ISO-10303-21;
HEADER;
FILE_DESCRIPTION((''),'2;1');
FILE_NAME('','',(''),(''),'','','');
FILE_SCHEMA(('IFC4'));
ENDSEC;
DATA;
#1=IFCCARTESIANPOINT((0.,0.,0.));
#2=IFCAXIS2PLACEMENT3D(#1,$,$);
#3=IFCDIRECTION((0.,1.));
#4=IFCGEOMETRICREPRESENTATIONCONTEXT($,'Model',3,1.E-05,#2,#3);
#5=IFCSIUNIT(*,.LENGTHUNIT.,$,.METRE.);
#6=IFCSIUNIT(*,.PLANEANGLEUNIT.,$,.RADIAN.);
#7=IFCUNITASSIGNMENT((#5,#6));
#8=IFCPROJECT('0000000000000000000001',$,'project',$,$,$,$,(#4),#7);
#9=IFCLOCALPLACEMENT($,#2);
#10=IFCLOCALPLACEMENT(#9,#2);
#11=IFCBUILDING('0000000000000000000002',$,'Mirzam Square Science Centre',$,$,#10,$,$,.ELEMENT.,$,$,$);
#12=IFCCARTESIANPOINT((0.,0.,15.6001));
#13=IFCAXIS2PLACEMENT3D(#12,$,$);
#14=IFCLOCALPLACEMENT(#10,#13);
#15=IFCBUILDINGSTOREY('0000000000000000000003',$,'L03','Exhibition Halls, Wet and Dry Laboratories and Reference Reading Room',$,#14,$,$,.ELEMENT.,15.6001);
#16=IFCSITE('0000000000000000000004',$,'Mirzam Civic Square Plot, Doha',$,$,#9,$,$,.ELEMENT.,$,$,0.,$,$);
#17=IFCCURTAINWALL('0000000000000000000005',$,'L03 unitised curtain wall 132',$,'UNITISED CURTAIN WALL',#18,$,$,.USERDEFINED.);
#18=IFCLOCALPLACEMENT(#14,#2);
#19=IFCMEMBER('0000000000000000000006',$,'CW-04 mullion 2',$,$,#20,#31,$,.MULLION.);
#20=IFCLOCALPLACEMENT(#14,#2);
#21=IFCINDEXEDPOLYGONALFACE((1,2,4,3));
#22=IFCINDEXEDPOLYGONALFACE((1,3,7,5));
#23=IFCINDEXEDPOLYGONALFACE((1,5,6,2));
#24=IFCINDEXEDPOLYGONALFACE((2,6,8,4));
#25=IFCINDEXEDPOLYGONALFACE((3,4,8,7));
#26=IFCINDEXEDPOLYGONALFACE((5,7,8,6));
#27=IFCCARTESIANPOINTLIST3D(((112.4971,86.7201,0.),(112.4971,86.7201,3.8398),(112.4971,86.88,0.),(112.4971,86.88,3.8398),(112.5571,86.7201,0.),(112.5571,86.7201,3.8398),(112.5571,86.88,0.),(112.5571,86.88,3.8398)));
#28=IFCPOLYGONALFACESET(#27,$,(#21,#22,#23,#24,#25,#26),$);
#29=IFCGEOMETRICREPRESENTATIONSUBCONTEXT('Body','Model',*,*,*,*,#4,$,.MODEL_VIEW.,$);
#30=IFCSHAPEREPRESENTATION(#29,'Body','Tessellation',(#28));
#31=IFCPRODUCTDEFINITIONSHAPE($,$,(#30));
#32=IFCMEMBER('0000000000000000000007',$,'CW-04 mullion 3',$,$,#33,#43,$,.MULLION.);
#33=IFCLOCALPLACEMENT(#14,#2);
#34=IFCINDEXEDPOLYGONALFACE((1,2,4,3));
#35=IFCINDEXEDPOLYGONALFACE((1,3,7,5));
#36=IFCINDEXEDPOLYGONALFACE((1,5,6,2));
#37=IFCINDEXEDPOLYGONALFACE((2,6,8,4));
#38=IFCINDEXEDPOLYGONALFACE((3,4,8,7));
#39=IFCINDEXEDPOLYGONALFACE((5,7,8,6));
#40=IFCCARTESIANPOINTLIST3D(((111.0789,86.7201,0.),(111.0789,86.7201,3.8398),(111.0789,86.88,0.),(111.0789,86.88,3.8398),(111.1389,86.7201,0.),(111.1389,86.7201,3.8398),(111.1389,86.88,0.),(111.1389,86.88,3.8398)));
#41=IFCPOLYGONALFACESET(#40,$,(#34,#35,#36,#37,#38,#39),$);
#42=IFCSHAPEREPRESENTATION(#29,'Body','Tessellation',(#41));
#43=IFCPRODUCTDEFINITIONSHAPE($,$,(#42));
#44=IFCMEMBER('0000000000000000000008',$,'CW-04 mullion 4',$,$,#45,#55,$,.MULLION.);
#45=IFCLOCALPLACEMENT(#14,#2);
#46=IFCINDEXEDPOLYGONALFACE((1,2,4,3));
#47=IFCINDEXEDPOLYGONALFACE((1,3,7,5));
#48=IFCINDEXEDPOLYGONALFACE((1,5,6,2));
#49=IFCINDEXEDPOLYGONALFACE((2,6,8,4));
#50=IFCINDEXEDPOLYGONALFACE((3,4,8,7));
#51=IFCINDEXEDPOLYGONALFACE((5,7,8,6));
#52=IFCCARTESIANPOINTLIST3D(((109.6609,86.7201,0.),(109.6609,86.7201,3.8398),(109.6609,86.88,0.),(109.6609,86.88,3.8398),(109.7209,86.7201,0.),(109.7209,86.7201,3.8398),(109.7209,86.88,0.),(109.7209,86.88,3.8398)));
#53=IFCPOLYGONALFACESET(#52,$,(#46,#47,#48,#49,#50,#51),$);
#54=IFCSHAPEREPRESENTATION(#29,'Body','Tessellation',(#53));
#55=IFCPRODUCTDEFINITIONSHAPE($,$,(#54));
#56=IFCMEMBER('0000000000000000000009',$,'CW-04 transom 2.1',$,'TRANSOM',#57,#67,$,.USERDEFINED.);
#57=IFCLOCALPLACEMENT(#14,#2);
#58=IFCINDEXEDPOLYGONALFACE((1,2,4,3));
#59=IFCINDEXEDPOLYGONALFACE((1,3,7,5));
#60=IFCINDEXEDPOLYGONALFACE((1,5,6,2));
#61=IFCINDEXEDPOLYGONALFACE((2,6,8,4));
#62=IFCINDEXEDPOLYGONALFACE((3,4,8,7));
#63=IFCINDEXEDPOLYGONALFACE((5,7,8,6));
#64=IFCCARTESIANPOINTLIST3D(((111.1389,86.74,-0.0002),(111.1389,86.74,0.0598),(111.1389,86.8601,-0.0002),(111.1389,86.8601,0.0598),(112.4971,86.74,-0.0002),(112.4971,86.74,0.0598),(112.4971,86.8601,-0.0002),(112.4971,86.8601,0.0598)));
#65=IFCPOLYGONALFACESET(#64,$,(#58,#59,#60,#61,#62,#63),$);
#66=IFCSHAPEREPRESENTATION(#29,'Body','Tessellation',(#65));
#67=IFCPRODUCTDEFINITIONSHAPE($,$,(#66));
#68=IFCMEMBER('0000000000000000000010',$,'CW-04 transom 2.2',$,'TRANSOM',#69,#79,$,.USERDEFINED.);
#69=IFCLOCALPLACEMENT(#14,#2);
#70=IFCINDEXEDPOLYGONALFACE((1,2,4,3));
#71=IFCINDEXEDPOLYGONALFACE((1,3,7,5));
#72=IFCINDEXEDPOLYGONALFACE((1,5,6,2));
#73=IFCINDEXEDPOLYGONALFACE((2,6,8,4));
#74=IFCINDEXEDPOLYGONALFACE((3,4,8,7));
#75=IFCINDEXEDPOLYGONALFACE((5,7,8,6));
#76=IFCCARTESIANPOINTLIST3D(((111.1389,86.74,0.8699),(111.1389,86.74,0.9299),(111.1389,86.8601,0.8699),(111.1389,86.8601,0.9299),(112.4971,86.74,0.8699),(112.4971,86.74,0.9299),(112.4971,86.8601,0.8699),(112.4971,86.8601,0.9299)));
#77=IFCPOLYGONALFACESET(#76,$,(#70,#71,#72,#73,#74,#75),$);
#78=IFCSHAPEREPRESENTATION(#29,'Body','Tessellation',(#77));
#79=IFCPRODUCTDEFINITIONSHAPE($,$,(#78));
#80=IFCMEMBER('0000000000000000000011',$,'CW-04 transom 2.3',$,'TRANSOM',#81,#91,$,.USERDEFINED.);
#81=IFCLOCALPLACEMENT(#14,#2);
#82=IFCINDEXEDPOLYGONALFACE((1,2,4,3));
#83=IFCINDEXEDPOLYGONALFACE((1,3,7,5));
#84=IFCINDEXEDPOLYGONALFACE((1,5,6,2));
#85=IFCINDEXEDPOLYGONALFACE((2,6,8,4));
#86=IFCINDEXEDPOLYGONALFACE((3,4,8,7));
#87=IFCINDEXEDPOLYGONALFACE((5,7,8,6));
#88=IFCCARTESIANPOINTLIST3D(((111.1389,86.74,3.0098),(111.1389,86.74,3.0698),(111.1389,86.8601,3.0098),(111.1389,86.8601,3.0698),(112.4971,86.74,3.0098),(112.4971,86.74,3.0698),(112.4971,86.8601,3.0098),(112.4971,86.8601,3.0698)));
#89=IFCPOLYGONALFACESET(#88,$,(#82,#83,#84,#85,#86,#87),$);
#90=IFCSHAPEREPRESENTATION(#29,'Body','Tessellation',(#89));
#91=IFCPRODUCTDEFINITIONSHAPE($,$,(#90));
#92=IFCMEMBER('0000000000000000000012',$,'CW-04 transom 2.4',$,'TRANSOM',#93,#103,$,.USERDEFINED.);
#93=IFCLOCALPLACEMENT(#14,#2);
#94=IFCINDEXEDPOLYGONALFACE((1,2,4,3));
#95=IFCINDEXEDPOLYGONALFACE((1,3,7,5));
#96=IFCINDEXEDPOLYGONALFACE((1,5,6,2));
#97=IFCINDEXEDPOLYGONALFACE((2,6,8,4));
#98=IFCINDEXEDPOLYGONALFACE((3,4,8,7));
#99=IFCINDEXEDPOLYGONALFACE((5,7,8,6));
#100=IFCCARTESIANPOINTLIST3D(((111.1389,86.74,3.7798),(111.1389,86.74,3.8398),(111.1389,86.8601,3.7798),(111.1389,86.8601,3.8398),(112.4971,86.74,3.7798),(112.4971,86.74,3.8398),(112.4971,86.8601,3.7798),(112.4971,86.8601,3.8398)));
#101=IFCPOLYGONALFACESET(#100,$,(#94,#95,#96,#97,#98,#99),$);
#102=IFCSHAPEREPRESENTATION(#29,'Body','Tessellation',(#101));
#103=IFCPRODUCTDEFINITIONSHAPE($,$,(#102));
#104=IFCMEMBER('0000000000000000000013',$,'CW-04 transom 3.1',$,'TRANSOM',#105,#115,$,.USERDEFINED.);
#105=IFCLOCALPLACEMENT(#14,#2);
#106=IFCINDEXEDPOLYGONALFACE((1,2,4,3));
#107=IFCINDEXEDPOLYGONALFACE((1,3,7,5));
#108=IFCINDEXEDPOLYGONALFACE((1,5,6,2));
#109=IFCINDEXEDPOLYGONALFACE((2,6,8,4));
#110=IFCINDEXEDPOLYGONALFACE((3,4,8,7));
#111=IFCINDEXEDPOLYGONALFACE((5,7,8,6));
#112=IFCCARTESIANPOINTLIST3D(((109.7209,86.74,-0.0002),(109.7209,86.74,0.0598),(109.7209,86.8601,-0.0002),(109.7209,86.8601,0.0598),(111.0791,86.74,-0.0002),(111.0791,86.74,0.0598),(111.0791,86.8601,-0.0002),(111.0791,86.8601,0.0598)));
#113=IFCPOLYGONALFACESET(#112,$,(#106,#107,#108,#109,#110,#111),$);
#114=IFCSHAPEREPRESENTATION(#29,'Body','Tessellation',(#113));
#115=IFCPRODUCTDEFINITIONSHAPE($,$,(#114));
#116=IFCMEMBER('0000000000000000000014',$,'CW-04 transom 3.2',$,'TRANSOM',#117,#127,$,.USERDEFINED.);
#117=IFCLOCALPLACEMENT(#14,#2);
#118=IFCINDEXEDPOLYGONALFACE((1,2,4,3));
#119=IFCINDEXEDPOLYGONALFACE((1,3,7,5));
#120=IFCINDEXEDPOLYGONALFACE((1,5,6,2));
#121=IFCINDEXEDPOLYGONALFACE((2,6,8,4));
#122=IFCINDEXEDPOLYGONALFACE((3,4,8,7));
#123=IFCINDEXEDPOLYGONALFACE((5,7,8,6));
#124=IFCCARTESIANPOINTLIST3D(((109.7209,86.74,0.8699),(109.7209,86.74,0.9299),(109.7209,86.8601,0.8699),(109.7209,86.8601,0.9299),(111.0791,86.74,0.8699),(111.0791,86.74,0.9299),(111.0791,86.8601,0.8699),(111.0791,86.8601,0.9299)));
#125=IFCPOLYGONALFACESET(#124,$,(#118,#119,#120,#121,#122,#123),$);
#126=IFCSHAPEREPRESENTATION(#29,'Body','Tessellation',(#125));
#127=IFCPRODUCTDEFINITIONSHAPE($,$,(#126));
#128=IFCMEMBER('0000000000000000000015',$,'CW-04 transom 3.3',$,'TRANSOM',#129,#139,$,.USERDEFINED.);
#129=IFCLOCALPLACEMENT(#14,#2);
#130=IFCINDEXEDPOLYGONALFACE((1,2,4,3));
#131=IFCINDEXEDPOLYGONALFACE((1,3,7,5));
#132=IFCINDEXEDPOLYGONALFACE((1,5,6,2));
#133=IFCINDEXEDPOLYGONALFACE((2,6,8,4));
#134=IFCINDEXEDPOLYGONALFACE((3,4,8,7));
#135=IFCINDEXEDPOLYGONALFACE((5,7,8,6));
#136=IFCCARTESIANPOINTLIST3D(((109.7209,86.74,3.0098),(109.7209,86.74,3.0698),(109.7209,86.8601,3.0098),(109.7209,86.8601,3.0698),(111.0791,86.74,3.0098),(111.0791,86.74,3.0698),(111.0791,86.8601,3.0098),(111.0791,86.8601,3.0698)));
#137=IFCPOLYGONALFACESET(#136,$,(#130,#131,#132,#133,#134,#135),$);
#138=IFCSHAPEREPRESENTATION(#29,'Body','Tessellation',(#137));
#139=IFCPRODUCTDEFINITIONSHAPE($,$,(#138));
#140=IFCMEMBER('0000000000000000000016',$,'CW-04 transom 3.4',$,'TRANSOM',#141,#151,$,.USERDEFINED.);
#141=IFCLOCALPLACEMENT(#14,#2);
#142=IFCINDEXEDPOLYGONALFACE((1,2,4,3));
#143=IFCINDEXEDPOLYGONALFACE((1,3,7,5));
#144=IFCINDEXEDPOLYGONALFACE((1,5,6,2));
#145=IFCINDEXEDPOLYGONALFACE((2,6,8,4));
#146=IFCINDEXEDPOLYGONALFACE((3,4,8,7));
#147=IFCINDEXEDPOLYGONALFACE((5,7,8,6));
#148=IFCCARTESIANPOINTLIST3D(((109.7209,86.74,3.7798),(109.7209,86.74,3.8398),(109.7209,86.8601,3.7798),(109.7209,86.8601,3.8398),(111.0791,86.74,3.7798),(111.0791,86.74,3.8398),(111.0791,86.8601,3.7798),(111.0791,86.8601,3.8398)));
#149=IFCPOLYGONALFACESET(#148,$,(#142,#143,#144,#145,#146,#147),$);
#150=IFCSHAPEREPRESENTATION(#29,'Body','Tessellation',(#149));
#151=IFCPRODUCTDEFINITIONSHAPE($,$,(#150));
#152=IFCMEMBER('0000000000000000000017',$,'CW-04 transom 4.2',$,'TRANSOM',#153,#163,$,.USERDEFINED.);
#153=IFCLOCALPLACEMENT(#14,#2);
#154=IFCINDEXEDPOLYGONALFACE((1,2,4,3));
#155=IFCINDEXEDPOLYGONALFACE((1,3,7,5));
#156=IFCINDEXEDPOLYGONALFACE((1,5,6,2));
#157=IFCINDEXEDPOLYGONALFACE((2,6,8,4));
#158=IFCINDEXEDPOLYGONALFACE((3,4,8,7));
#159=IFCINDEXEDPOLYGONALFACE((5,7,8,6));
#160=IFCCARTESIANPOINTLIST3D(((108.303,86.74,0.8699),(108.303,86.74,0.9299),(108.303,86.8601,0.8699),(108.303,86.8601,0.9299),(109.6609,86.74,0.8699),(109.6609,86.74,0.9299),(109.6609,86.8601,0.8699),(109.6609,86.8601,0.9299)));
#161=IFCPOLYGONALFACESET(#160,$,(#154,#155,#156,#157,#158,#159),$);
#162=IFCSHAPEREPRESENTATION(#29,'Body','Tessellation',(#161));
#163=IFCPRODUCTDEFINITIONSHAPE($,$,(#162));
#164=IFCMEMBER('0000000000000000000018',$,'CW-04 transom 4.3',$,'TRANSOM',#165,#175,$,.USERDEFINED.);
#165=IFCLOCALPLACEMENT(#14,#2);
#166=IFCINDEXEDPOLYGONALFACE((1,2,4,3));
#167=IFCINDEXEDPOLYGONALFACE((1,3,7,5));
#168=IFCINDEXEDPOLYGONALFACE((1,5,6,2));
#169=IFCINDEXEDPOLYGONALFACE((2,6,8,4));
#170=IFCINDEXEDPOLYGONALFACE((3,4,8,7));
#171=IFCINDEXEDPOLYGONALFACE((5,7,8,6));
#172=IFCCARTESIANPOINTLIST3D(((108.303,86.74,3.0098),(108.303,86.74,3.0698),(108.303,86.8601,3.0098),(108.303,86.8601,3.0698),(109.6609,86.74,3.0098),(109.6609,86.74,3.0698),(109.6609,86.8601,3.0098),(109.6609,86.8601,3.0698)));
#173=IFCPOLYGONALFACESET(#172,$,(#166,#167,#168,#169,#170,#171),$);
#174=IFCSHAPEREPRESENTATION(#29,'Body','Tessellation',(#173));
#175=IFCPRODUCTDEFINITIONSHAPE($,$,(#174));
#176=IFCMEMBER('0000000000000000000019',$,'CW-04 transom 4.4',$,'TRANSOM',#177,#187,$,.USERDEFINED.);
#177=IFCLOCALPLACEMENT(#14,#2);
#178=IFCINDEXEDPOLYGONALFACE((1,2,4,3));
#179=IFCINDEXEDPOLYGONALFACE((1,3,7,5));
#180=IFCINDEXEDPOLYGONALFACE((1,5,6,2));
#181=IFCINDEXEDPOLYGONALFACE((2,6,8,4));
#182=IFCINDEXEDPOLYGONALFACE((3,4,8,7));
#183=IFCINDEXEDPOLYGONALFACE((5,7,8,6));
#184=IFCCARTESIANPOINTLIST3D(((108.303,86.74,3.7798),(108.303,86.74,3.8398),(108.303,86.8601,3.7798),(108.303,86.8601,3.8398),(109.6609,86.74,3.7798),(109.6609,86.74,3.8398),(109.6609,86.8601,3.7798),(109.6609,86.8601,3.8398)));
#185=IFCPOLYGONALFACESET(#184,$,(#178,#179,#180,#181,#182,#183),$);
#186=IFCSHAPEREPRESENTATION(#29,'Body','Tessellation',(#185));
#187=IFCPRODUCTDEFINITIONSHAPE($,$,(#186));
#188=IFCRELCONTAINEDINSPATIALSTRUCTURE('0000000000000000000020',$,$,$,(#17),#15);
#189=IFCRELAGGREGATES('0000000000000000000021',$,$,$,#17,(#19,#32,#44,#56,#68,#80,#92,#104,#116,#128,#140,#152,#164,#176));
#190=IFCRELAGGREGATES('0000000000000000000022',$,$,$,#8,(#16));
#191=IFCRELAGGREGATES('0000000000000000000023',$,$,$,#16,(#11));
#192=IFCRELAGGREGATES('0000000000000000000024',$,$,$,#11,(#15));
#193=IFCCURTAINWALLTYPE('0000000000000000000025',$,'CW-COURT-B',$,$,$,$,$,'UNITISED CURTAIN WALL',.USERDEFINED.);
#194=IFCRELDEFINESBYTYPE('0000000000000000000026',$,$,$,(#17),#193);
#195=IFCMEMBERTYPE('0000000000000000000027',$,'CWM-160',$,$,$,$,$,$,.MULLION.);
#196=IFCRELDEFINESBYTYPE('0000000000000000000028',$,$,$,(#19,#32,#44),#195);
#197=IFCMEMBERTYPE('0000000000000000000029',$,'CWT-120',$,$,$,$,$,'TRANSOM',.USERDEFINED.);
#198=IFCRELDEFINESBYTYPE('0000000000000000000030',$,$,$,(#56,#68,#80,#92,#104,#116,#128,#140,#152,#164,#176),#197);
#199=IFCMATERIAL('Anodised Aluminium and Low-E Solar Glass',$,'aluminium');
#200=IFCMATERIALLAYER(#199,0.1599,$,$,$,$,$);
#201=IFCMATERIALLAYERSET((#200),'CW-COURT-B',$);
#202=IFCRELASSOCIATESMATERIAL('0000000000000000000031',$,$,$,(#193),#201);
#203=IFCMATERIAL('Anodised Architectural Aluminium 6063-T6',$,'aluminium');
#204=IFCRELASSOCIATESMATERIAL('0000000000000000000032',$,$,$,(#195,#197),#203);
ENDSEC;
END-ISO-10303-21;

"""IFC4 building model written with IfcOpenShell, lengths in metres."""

from ifc_helpers import new_model, si_unit, direction, frame, origin, origin_2d, place, context, subcontext, project, spatial, rectangle, extrude, material, layer, layer_set, material_profile, profile_set, type_object, element, aggregate, save


model = new_model("IFC4")

# Units and contexts
model_context = context("Model", 3, precision=1e-05, world=origin(), true_north=direction((0.0, 1.0)))
body_context = subcontext(model_context, "Body", "Model", "MODEL_VIEW")
ifc_project = project(units=[si_unit("LENGTHUNIT", "METRE"), si_unit("PLANEANGLEUNIT", "RADIAN")], contexts=[model_context])

# Site, building, storey
site_placement = place(None, origin())
site = spatial("IfcSite", under=ifc_project, at=site_placement, Name="Mirzam Civic Square Plot, Doha", CompositionType="ELEMENT", RefElevation=0.0)
building_placement = place(site_placement, origin())
building = spatial("IfcBuilding", under=site, at=building_placement, Name="Mirzam Square Science Centre", CompositionType="ELEMENT")
storey_placement = place(building_placement, frame((0.0, 0.0, 15.6001)))
storey = spatial("IfcBuildingStorey", under=building, at=storey_placement, Name="L03", Description="Exhibition Halls, Wet and Dry Laboratories and Reference Reading Room", CompositionType="ELEMENT", Elevation=15.6001)

# Curtain wall, members
ifc_material_1 = material(Name="Anodised Aluminium and Low-E Solar Glass", Category="aluminium")
ifc_layer_1 = layer(ifc_material_1, 0.1599)
ifc_layer_set_1 = layer_set([ifc_layer_1], Name="CW-COURT-B")
curtain_wall_type = type_object("IfcCurtainWallType", Name="CW-COURT-B", ElementType="UNITISED CURTAIN WALL", PredefinedType="USERDEFINED", material=ifc_layer_set_1)
curtain_wall_placement = place(storey_placement, origin())
curtain_wall = element("IfcCurtainWall", 1, at=curtain_wall_placement, inside=storey, type_object=curtain_wall_type, Name="L03 unitised curtain wall 132", ObjectType="UNITISED CURTAIN WALL", PredefinedType="USERDEFINED")
ifc_material_2 = material(Name="Anodised Architectural Aluminium 6063-T6", Category="aluminium")
ifc_material_profile_1 = material_profile(ifc_material_2, rectangle(XDim=0.0601, YDim=0.1599, at=origin_2d()), Name="ALU-MULL-160x60x4")
ifc_profile_set_1 = profile_set([ifc_material_profile_1], Name="Anodised Architectural Aluminium 6063-T6")
member_type_1 = type_object("IfcMemberType", Name="CWM-160", PredefinedType="MULLION", material=ifc_profile_set_1)
member_1_placement = place(storey_placement, frame((112.5271, 86.8, 0.0), z_axis=(0.0, 0.0, 1.0), x_axis=(-1.0, 0.0, 0.0)))
member_1 = element("IfcMember", 2, at=member_1_placement, type_object=member_type_1, Name="CW-04 mullion 2", PredefinedType="MULLION", context=body_context, shape_type="SweptSolid", body=[
    extrude(rectangle(XDim=0.0601, YDim=0.1599, at=origin_2d()), origin(), (0.0, 0.0, 1.0), 3.8398),
])
member_2_placement = place(storey_placement, frame((111.1089, 86.8, 0.0), z_axis=(0.0, 0.0, 1.0), x_axis=(-1.0, 0.0, 0.0)))
member_2 = element("IfcMember", 3, at=member_2_placement, type_object=member_type_1, Name="CW-04 mullion 3", PredefinedType="MULLION", context=body_context, shape_type="SweptSolid", body=[
    extrude(rectangle(XDim=0.0601, YDim=0.1599, at=origin_2d()), origin(), (0.0, 0.0, 1.0), 3.8398),
])
member_3_placement = place(storey_placement, frame((109.6909, 86.8, 0.0), z_axis=(0.0, 0.0, 1.0), x_axis=(-1.0, 0.0, 0.0)))
member_3 = element("IfcMember", 4, at=member_3_placement, type_object=member_type_1, Name="CW-04 mullion 4", PredefinedType="MULLION", context=body_context, shape_type="SweptSolid", body=[
    extrude(rectangle(XDim=0.0601, YDim=0.1599, at=origin_2d()), origin(), (0.0, 0.0, 1.0), 3.8398),
])
ifc_material_profile_2 = material_profile(ifc_material_2, rectangle(XDim=0.1201, YDim=0.0601, at=origin_2d()), Name="ALU-TRAN-120x60x4")
ifc_profile_set_2 = profile_set([ifc_material_profile_2], Name="Anodised Architectural Aluminium 6063-T6")
member_type_2 = type_object("IfcMemberType", Name="CWT-120", ElementType="TRANSOM", PredefinedType="USERDEFINED", material=ifc_profile_set_2)
member_4_placement = place(storey_placement, frame((112.4971, 86.8, 0.0298), z_axis=(-1.0, 0.0, 0.0), x_axis=(0.0, -1.0, 0.0)))
member_4 = element("IfcMember", 5, at=member_4_placement, type_object=member_type_2, Name="CW-04 transom 2.1", ObjectType="TRANSOM", PredefinedType="USERDEFINED", context=body_context, shape_type="SweptSolid", body=[
    extrude(rectangle(XDim=0.1201, YDim=0.0601, at=origin_2d()), origin(), (0.0, 0.0, 1.0), 1.3582),
])
member_5_placement = place(storey_placement, frame((112.4971, 86.8, 0.8999), z_axis=(-1.0, 0.0, 0.0), x_axis=(0.0, -1.0, 0.0)))
member_5 = element("IfcMember", 6, at=member_5_placement, type_object=member_type_2, Name="CW-04 transom 2.2", ObjectType="TRANSOM", PredefinedType="USERDEFINED", context=body_context, shape_type="SweptSolid", body=[
    extrude(rectangle(XDim=0.1201, YDim=0.0601, at=origin_2d()), origin(), (0.0, 0.0, 1.0), 1.3582),
])
member_6_placement = place(storey_placement, frame((112.4971, 86.8, 3.0398), z_axis=(-1.0, 0.0, 0.0), x_axis=(0.0, -1.0, 0.0)))
member_6 = element("IfcMember", 7, at=member_6_placement, type_object=member_type_2, Name="CW-04 transom 2.3", ObjectType="TRANSOM", PredefinedType="USERDEFINED", context=body_context, shape_type="SweptSolid", body=[
    extrude(rectangle(XDim=0.1201, YDim=0.0601, at=origin_2d()), origin(), (0.0, 0.0, 1.0), 1.3582),
])
member_7_placement = place(storey_placement, frame((112.4971, 86.8, 3.8098), z_axis=(-1.0, 0.0, 0.0), x_axis=(0.0, -1.0, 0.0)))
member_7 = element("IfcMember", 8, at=member_7_placement, type_object=member_type_2, Name="CW-04 transom 2.4", ObjectType="TRANSOM", PredefinedType="USERDEFINED", context=body_context, shape_type="SweptSolid", body=[
    extrude(rectangle(XDim=0.1201, YDim=0.0601, at=origin_2d()), origin(), (0.0, 0.0, 1.0), 1.3582),
])
member_8_placement = place(storey_placement, frame((111.0791, 86.8, 0.0298), z_axis=(-1.0, 0.0, 0.0), x_axis=(0.0, -1.0, 0.0)))
member_8 = element("IfcMember", 9, at=member_8_placement, type_object=member_type_2, Name="CW-04 transom 3.1", ObjectType="TRANSOM", PredefinedType="USERDEFINED", context=body_context, shape_type="SweptSolid", body=[
    extrude(rectangle(XDim=0.1201, YDim=0.0601, at=origin_2d()), origin(), (0.0, 0.0, 1.0), 1.3582),
])
member_9_placement = place(storey_placement, frame((111.0791, 86.8, 0.8999), z_axis=(-1.0, 0.0, 0.0), x_axis=(0.0, -1.0, 0.0)))
member_9 = element("IfcMember", 10, at=member_9_placement, type_object=member_type_2, Name="CW-04 transom 3.2", ObjectType="TRANSOM", PredefinedType="USERDEFINED", context=body_context, shape_type="SweptSolid", body=[
    extrude(rectangle(XDim=0.1201, YDim=0.0601, at=origin_2d()), origin(), (0.0, 0.0, 1.0), 1.3582),
])
member_10_placement = place(storey_placement, frame((111.0791, 86.8, 3.0398), z_axis=(-1.0, 0.0, 0.0), x_axis=(0.0, -1.0, 0.0)))
member_10 = element("IfcMember", 11, at=member_10_placement, type_object=member_type_2, Name="CW-04 transom 3.3", ObjectType="TRANSOM", PredefinedType="USERDEFINED", context=body_context, shape_type="SweptSolid", body=[
    extrude(rectangle(XDim=0.1201, YDim=0.0601, at=origin_2d()), origin(), (0.0, 0.0, 1.0), 1.3582),
])
member_11_placement = place(storey_placement, frame((111.0791, 86.8, 3.8098), z_axis=(-1.0, 0.0, 0.0), x_axis=(0.0, -1.0, 0.0)))
member_11 = element("IfcMember", 12, at=member_11_placement, type_object=member_type_2, Name="CW-04 transom 3.4", ObjectType="TRANSOM", PredefinedType="USERDEFINED", context=body_context, shape_type="SweptSolid", body=[
    extrude(rectangle(XDim=0.1201, YDim=0.0601, at=origin_2d()), origin(), (0.0, 0.0, 1.0), 1.3582),
])
member_12_placement = place(storey_placement, frame((109.6609, 86.8, 0.8999), z_axis=(-1.0, 0.0, 0.0), x_axis=(0.0, -1.0, 0.0)))
member_12 = element("IfcMember", 13, at=member_12_placement, type_object=member_type_2, Name="CW-04 transom 4.2", ObjectType="TRANSOM", PredefinedType="USERDEFINED", context=body_context, shape_type="SweptSolid", body=[
    extrude(rectangle(XDim=0.1201, YDim=0.0601, at=origin_2d()), origin(), (0.0, 0.0, 1.0), 1.3579),
])
member_13_placement = place(storey_placement, frame((109.6609, 86.8, 3.0398), z_axis=(-1.0, 0.0, 0.0), x_axis=(0.0, -1.0, 0.0)))
member_13 = element("IfcMember", 14, at=member_13_placement, type_object=member_type_2, Name="CW-04 transom 4.3", ObjectType="TRANSOM", PredefinedType="USERDEFINED", context=body_context, shape_type="SweptSolid", body=[
    extrude(rectangle(XDim=0.1201, YDim=0.0601, at=origin_2d()), origin(), (0.0, 0.0, 1.0), 1.3579),
])
member_14_placement = place(storey_placement, frame((109.6609, 86.8, 3.8098), z_axis=(-1.0, 0.0, 0.0), x_axis=(0.0, -1.0, 0.0)))
member_14 = element("IfcMember", 15, at=member_14_placement, type_object=member_type_2, Name="CW-04 transom 4.4", ObjectType="TRANSOM", PredefinedType="USERDEFINED", context=body_context, shape_type="SweptSolid", body=[
    extrude(rectangle(XDim=0.1201, YDim=0.0601, at=origin_2d()), origin(), (0.0, 0.0, 1.0), 1.3579),
])
aggregate(curtain_wall, [member_1, member_2, member_3, member_4, member_5, member_6, member_7, member_8, member_9, member_10, member_11, member_12, member_13, member_14])

save(model, "model.ifc")
